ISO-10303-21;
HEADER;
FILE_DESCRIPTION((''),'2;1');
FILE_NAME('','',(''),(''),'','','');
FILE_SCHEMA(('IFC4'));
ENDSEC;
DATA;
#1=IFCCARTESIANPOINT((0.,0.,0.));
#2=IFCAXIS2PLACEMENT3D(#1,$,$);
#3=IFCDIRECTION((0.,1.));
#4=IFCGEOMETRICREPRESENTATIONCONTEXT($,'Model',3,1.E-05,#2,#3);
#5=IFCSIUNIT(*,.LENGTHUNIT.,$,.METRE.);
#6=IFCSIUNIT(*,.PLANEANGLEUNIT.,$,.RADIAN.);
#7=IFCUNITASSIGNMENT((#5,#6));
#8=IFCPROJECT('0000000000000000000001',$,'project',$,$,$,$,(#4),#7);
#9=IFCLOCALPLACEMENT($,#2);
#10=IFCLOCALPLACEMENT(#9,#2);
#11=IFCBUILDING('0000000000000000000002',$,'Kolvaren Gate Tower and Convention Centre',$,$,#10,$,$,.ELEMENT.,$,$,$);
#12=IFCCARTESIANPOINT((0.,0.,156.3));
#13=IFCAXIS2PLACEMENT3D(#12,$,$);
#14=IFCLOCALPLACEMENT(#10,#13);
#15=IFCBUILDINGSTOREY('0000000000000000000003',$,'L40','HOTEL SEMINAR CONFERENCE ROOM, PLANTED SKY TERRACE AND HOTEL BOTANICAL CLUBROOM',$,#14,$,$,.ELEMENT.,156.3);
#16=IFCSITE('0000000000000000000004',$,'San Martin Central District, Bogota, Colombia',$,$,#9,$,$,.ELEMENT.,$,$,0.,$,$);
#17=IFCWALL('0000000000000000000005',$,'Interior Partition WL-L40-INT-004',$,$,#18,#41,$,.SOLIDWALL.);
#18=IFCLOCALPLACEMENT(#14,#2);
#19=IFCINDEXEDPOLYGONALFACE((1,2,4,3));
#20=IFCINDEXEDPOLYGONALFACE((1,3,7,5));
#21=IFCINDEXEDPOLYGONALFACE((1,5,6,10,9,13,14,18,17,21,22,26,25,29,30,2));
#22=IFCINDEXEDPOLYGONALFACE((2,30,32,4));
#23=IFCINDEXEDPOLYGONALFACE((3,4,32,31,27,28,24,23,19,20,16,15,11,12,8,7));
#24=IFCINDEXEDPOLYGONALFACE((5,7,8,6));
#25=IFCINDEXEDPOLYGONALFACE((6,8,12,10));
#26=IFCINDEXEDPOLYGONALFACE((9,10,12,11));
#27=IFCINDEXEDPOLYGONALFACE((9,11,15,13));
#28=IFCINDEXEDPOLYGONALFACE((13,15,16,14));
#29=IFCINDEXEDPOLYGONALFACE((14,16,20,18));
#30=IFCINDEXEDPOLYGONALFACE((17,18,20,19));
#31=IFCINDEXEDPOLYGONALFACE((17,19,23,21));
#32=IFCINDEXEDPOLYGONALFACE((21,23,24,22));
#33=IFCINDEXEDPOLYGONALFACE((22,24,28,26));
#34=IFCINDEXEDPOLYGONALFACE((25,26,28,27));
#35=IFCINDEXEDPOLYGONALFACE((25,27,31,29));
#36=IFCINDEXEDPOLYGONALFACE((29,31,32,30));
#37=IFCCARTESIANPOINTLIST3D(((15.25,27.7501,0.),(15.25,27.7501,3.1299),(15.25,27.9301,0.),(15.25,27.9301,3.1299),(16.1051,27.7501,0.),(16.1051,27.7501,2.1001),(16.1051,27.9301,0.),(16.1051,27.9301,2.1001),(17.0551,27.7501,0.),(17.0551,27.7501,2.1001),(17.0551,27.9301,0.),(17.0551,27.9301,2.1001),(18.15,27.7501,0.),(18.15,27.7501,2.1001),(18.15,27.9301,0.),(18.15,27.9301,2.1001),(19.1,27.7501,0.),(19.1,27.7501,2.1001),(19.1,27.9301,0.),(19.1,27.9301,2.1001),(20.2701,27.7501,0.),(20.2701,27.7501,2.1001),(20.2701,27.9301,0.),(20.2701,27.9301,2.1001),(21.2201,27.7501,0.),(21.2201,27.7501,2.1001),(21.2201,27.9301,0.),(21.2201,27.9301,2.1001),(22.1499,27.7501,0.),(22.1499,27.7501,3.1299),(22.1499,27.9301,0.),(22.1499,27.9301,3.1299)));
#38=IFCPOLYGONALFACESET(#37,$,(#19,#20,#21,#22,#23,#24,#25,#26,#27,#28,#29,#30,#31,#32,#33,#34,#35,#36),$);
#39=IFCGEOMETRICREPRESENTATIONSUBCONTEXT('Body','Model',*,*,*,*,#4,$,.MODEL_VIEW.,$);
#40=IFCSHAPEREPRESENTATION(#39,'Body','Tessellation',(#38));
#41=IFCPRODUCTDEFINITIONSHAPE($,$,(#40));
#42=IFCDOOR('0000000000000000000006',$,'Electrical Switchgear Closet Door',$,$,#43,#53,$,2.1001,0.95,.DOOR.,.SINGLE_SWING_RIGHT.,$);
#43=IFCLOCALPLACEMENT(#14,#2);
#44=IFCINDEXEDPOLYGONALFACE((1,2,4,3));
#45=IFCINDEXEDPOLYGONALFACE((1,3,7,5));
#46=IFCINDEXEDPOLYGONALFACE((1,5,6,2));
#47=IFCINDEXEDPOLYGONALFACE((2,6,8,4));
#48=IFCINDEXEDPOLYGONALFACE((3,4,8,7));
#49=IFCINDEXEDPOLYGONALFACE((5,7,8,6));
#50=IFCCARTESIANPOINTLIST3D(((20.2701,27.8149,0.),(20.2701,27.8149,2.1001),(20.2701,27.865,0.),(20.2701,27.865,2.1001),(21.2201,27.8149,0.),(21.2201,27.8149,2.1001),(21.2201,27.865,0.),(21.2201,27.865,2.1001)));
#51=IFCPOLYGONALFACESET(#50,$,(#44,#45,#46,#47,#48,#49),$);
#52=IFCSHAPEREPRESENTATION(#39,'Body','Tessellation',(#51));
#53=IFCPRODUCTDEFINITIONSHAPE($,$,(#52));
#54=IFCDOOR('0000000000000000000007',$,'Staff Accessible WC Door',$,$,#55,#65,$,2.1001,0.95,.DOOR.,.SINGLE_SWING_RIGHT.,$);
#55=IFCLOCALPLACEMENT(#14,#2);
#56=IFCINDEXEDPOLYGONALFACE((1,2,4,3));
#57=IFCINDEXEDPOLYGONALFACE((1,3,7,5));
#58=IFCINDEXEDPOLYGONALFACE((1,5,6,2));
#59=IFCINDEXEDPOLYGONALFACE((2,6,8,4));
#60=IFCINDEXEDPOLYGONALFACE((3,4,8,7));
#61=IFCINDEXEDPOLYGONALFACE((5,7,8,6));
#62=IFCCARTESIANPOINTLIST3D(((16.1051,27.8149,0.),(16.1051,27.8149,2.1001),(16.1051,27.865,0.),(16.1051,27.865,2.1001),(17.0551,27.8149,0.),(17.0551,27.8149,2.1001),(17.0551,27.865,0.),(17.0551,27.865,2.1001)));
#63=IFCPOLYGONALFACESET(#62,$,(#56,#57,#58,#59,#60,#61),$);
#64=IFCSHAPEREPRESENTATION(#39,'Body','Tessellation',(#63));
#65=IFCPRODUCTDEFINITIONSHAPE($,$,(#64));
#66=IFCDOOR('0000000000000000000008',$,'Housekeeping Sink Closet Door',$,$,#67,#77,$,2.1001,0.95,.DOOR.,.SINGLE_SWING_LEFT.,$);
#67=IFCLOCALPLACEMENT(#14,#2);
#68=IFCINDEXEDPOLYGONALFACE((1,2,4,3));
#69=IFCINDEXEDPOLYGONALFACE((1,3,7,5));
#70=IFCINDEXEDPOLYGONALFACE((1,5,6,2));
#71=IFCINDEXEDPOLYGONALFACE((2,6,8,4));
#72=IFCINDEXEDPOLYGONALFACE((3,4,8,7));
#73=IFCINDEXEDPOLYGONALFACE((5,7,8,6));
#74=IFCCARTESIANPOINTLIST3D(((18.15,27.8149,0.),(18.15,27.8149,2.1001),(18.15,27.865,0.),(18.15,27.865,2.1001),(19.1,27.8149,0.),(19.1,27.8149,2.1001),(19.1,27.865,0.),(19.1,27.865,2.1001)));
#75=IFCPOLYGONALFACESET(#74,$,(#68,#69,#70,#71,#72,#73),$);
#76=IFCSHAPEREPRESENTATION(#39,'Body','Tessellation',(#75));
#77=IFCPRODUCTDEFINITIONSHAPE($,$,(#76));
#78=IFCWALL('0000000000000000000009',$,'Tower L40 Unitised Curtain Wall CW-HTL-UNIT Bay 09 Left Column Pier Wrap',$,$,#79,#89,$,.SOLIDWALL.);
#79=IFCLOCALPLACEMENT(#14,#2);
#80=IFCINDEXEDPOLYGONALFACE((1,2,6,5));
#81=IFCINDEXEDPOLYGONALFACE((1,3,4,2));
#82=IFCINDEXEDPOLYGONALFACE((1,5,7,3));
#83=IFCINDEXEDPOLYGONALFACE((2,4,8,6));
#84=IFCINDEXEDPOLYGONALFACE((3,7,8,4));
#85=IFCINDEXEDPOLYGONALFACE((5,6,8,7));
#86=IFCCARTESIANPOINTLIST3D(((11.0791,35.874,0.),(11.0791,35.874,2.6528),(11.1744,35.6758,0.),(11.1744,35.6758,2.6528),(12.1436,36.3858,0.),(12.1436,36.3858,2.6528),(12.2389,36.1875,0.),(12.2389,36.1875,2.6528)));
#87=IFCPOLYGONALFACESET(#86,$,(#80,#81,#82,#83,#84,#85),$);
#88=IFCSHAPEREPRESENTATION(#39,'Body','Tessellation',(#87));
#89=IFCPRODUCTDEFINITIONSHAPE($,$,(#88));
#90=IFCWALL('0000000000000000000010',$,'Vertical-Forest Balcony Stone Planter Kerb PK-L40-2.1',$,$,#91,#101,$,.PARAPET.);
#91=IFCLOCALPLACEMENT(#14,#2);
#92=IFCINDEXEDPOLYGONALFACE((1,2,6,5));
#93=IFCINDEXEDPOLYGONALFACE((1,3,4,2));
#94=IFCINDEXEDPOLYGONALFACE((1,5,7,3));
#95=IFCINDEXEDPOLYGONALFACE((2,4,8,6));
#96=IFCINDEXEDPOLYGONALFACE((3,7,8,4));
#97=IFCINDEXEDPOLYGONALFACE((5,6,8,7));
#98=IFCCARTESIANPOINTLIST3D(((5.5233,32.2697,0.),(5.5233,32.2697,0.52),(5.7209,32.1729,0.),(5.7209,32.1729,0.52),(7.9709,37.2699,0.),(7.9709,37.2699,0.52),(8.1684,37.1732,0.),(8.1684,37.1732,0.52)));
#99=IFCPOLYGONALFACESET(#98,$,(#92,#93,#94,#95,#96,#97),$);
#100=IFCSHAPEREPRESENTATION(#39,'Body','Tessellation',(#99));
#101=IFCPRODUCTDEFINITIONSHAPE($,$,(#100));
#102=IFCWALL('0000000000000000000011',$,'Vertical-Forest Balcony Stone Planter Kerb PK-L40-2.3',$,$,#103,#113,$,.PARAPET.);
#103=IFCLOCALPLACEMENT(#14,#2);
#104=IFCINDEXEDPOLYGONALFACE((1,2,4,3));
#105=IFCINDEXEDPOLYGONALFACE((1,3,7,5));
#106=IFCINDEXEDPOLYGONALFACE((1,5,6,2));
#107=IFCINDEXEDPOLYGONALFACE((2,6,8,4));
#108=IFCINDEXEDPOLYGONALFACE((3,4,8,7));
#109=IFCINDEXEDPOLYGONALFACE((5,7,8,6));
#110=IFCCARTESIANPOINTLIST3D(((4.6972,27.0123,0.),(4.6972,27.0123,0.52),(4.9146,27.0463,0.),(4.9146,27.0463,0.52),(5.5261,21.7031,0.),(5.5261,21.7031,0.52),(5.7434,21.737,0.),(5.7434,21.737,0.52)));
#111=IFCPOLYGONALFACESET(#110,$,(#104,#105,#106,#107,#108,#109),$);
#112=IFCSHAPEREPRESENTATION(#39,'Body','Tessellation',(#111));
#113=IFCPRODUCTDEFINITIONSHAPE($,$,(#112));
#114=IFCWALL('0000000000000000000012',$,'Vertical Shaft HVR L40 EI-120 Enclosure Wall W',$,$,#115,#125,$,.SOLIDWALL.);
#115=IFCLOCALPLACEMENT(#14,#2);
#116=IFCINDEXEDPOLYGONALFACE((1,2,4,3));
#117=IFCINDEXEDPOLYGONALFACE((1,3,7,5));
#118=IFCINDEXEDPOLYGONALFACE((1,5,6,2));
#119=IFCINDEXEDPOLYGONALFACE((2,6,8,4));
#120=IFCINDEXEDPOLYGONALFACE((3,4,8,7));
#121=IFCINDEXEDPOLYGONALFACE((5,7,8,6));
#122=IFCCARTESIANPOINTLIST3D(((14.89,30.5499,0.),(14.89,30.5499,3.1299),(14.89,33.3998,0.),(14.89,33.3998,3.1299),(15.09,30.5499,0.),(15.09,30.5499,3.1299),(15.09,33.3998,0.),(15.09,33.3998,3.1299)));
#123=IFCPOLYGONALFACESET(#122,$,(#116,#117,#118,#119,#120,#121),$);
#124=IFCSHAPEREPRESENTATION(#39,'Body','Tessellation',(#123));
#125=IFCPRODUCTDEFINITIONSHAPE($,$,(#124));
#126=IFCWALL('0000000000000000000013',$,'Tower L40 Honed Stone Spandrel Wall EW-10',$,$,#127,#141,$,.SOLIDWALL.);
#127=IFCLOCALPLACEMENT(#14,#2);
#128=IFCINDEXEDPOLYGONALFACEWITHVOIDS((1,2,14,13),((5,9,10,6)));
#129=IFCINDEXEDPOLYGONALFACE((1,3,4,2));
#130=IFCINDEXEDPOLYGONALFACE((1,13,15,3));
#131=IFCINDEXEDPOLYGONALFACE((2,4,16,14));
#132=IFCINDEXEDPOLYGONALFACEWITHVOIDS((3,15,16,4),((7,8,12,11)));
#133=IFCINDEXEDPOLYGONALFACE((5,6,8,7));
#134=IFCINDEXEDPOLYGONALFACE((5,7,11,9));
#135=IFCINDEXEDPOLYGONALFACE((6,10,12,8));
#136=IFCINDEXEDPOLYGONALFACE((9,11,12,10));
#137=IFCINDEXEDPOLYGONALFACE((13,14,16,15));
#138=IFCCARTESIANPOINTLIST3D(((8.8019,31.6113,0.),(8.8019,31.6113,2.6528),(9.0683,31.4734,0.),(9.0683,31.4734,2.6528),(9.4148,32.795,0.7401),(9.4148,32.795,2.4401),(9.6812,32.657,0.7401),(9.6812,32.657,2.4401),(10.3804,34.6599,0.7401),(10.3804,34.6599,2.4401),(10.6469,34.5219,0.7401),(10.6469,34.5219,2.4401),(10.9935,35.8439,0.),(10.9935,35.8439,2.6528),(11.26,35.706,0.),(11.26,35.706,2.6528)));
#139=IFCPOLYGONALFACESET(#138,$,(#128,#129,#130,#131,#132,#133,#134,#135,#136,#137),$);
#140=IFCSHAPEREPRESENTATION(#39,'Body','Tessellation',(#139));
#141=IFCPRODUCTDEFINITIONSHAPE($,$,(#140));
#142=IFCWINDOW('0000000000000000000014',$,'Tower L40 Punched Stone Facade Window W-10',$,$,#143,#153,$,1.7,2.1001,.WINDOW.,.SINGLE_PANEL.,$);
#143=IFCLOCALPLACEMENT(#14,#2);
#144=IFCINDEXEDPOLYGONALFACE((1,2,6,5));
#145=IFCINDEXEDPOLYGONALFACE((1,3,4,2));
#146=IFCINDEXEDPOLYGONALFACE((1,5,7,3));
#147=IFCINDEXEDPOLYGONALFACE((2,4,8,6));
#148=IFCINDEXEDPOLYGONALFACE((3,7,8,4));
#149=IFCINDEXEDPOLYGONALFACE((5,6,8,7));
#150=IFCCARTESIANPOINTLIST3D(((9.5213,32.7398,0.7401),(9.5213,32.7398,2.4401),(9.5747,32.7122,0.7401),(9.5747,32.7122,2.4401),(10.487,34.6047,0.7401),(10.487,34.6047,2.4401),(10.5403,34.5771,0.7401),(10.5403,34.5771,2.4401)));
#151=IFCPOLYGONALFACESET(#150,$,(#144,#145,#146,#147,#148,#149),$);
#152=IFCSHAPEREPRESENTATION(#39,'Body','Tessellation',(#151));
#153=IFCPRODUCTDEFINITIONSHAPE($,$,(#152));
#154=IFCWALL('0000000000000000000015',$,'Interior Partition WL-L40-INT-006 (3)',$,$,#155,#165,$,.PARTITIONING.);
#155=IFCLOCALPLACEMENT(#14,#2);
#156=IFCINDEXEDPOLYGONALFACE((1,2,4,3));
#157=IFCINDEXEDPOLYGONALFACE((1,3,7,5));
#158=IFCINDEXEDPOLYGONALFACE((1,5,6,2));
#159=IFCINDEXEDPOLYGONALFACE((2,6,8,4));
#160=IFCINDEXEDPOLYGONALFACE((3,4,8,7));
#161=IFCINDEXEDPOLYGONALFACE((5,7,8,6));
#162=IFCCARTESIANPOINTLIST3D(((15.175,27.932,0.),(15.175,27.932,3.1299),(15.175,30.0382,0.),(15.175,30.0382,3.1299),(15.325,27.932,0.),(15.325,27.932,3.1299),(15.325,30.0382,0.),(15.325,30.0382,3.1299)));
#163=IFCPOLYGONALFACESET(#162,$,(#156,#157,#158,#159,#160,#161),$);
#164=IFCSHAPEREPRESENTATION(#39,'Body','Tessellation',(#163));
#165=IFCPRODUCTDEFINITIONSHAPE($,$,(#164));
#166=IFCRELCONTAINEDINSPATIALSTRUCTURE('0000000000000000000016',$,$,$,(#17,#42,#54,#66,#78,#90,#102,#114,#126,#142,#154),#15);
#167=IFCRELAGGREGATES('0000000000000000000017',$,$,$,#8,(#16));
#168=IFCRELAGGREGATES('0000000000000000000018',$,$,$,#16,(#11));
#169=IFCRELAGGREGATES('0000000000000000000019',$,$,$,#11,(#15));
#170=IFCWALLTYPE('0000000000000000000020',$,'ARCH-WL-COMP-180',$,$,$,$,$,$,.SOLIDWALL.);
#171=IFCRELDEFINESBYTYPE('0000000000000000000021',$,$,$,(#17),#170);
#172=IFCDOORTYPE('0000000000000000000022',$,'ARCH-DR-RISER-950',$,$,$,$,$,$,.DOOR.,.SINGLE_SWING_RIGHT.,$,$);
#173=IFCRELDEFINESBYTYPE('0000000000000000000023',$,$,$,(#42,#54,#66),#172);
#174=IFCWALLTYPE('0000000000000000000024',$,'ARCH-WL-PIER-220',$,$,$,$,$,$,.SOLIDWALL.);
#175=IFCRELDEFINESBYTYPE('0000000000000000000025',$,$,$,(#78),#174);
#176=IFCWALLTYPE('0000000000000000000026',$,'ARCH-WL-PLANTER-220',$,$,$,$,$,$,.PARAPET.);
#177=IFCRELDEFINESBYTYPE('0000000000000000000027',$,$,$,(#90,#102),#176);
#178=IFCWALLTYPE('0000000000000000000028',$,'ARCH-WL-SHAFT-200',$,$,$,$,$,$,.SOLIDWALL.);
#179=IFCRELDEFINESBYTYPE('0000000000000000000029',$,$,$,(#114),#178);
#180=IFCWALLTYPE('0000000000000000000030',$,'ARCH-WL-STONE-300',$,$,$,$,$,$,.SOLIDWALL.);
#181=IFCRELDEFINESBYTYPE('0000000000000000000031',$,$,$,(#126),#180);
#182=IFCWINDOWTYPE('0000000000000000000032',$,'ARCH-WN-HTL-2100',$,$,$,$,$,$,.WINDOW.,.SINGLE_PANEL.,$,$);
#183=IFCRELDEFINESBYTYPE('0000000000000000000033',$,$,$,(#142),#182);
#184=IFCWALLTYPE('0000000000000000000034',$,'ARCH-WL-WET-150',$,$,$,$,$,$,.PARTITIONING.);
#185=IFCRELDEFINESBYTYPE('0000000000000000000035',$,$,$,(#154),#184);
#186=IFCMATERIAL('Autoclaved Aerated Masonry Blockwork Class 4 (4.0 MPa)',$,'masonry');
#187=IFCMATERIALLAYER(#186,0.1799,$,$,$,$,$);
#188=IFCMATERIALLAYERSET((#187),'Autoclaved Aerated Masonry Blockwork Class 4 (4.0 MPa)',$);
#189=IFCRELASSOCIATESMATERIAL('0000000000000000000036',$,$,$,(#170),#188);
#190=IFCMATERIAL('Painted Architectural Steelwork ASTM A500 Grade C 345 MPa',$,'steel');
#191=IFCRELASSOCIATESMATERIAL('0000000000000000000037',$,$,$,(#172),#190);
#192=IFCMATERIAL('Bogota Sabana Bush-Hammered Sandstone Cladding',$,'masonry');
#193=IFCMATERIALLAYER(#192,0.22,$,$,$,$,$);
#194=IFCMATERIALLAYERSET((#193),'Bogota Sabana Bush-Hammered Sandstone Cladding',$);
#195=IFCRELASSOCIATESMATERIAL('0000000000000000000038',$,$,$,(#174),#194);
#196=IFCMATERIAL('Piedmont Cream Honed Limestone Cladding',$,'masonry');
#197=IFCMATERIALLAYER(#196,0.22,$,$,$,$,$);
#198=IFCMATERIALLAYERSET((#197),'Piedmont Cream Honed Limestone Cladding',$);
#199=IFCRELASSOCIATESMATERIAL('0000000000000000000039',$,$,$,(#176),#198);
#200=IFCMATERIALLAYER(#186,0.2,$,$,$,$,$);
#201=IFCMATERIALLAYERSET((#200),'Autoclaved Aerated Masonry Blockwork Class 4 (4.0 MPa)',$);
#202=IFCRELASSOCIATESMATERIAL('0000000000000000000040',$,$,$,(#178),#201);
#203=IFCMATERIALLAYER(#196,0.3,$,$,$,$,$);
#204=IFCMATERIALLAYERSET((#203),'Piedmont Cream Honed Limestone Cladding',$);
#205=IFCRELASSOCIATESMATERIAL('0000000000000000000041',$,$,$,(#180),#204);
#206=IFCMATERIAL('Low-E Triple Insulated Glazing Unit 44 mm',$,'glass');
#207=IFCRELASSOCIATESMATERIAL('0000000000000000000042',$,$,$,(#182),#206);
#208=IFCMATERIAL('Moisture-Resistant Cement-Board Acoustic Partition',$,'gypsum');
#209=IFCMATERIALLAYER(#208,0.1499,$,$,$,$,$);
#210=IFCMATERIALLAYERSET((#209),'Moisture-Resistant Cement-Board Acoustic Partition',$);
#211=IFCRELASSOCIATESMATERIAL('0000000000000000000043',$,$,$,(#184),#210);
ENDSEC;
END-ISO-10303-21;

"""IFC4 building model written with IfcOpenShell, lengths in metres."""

from ifc_helpers import new_model, si_unit, direction, frame, frame_2d, origin, place, context, subcontext, project, spatial, rectangle, extrude, material, layer, layer_set, type_object, element, fill, save


model = new_model("IFC4")

# Units and contexts
model_context = context("Model", 3, precision=1e-05, world=origin(), true_north=direction((0.0, 1.0)))
body_context = subcontext(model_context, "Body", "Model", "MODEL_VIEW")
ifc_project = project(units=[si_unit("LENGTHUNIT", "METRE"), si_unit("PLANEANGLEUNIT", "RADIAN")], contexts=[model_context])

# Site, building, storey
site_placement = place(None, origin())
site = spatial("IfcSite", under=ifc_project, at=site_placement, Name="San Martin Central District, Bogota, Colombia", CompositionType="ELEMENT", RefElevation=0.0)
building_placement = place(site_placement, origin())
building = spatial("IfcBuilding", under=site, at=building_placement, Name="Kolvaren Gate Tower and Convention Centre", CompositionType="ELEMENT")
storey_placement = place(building_placement, frame((0.0, 0.0, 156.3)))
storey = spatial("IfcBuildingStorey", under=building, at=storey_placement, Name="L40", Description="HOTEL SEMINAR CONFERENCE ROOM, PLANTED SKY TERRACE AND HOTEL BOTANICAL CLUBROOM", CompositionType="ELEMENT", Elevation=156.3)

# Wall, openings, doors
ifc_material_1 = material(Name="Autoclaved Aerated Masonry Blockwork Class 4 (4.0 MPa)", Category="masonry")
ifc_layer_1 = layer(ifc_material_1, 0.1799)
ifc_layer_set_1 = layer_set([ifc_layer_1], Name="Autoclaved Aerated Masonry Blockwork Class 4 (4.0 MPa)")
wall_type_1 = type_object("IfcWallType", Name="ARCH-WL-COMP-180", PredefinedType="SOLIDWALL", material=ifc_layer_set_1)
wall_1_placement = place(storey_placement, frame((15.25, 27.8401, 0.0), z_axis=(0.0, 0.0, 1.0), x_axis=(1.0, 0.0, 0.0)))
wall_1 = element("IfcWall", 1, at=wall_1_placement, inside=storey, type_object=wall_type_1, Name="Interior Partition WL-L40-INT-004", PredefinedType="SOLIDWALL", context=body_context, shape_type="SweptSolid", body=[
    extrude(rectangle(XDim=6.8999, YDim=0.1799, at=frame_2d((3.45, 0.0))), origin(), (0.0, 0.0, 1.0), 3.1299),
])
opening_1_placement = place(wall_1_placement, frame((5.02, 0.0, 0.0)))
opening_1 = element("IfcOpeningElement", 2, at=opening_1_placement, cuts=wall_1, PredefinedType="OPENING", context=body_context, shape_type="SweptSolid", body=[
    extrude(rectangle(XDim=0.95, YDim=2.1001, at=frame_2d((0.4751, 1.05))), frame((0.0, 0.0999, 0.0), z_axis=(0.0, -1.0, 0.0), x_axis=(1.0, 0.0, 0.0)), (0.0, 0.0, 1.0), 0.2),
])
opening_2_placement = place(wall_1_placement, frame((0.855, 0.0, 0.0)))
opening_2 = element("IfcOpeningElement", 3, at=opening_2_placement, cuts=wall_1, PredefinedType="OPENING", context=body_context, shape_type="SweptSolid", body=[
    extrude(rectangle(XDim=0.95, YDim=2.1001, at=frame_2d((0.4751, 1.05))), frame((0.0, 0.0999, 0.0), z_axis=(0.0, -1.0, 0.0), x_axis=(1.0, 0.0, 0.0)), (0.0, 0.0, 1.0), 0.2),
])
opening_3_placement = place(wall_1_placement, frame((2.8999, 0.0, 0.0)))
opening_3 = element("IfcOpeningElement", 4, at=opening_3_placement, cuts=wall_1, PredefinedType="OPENING", context=body_context, shape_type="SweptSolid", body=[
    extrude(rectangle(XDim=0.95, YDim=2.1001, at=frame_2d((0.4751, 1.05))), frame((0.0, 0.0999, 0.0), z_axis=(0.0, -1.0, 0.0), x_axis=(1.0, 0.0, 0.0)), (0.0, 0.0, 1.0), 0.2),
])
ifc_material_2 = material(Name="Painted Architectural Steelwork ASTM A500 Grade C 345 MPa", Category="steel")
door_type = type_object("IfcDoorType", Name="ARCH-DR-RISER-950", OperationType="SINGLE_SWING_RIGHT", PredefinedType="DOOR", material=ifc_material_2)
door_1_placement = place(opening_1_placement, origin())
door_1 = element("IfcDoor", 5, at=door_1_placement, inside=storey, type_object=door_type, Name="Electrical Switchgear Closet Door", OperationType="SINGLE_SWING_RIGHT", OverallHeight=2.1001, OverallWidth=0.95, PredefinedType="DOOR", context=body_context, shape_type="SweptSolid", body=[
    extrude(rectangle(XDim=0.95, YDim=2.1001, at=frame_2d((0.4751, 1.05))), frame((0.0, 0.0249, 0.0), z_axis=(0.0, -1.0, 0.0), x_axis=(1.0, 0.0, 0.0)), (0.0, 0.0, 1.0), 0.05),
])
fill(opening_1, door_1)
door_2_placement = place(opening_2_placement, origin())
door_2 = element("IfcDoor", 6, at=door_2_placement, inside=storey, type_object=door_type, Name="Staff Accessible WC Door", OperationType="SINGLE_SWING_RIGHT", OverallHeight=2.1001, OverallWidth=0.95, PredefinedType="DOOR", context=body_context, shape_type="SweptSolid", body=[
    extrude(rectangle(XDim=0.95, YDim=2.1001, at=frame_2d((0.4751, 1.05))), frame((0.0, 0.0249, 0.0), z_axis=(0.0, -1.0, 0.0), x_axis=(1.0, 0.0, 0.0)), (0.0, 0.0, 1.0), 0.05),
])
fill(opening_2, door_2)
door_3_placement = place(opening_3_placement, origin())
door_3 = element("IfcDoor", 7, at=door_3_placement, inside=storey, type_object=door_type, Name="Housekeeping Sink Closet Door", OperationType="SINGLE_SWING_LEFT", OverallHeight=2.1001, OverallWidth=0.95, PredefinedType="DOOR", context=body_context, shape_type="SweptSolid", body=[
    extrude(rectangle(XDim=0.95, YDim=2.1001, at=frame_2d((0.4751, 1.05))), frame((0.0, 0.0249, 0.0), z_axis=(0.0, -1.0, 0.0), x_axis=(1.0, 0.0, 0.0)), (0.0, 0.0, 1.0), 0.05),
])
fill(opening_3, door_3)

# Walls
ifc_material_3 = material(Name="Bogota Sabana Bush-Hammered Sandstone Cladding", Category="masonry")
ifc_layer_2 = layer(ifc_material_3, 0.22)
ifc_layer_set_2 = layer_set([ifc_layer_2], Name="Bogota Sabana Bush-Hammered Sandstone Cladding")
wall_type_2 = type_object("IfcWallType", Name="ARCH-WL-PIER-220", PredefinedType="SOLIDWALL", material=ifc_layer_set_2)
wall_2_placement = place(storey_placement, frame((11.1267, 35.7749, 0.0), z_axis=(0.0, 0.0, 1.0), x_axis=(0.901265, 0.433269, 0.0)))
element("IfcWall", 8, at=wall_2_placement, inside=storey, type_object=wall_type_2, Name="Tower L40 Unitised Curtain Wall CW-HTL-UNIT Bay 09 Left Column Pier Wrap", PredefinedType="SOLIDWALL", context=body_context, shape_type="SweptSolid", body=[
    extrude(rectangle(XDim=1.1812, YDim=0.22, at=frame_2d((0.5906, 0.0))), origin(), (0.0, 0.0, 1.0), 2.6528),
])
ifc_material_4 = material(Name="Piedmont Cream Honed Limestone Cladding", Category="masonry")
ifc_layer_3 = layer(ifc_material_4, 0.22)
ifc_layer_set_3 = layer_set([ifc_layer_3], Name="Piedmont Cream Honed Limestone Cladding")
wall_type_3 = type_object("IfcWallType", Name="ARCH-WL-PLANTER-220", PredefinedType="PARAPET", material=ifc_layer_set_3)
wall_3_placement = place(storey_placement, frame((5.6221, 32.2212, 0.0), z_axis=(0.0, 0.0, 1.0), x_axis=(0.439637, 0.898175, 0.0)))
element("IfcWall", 9, at=wall_3_placement, inside=storey, type_object=wall_type_3, Name="Vertical-Forest Balcony Stone Planter Kerb PK-L40-2.1", PredefinedType="PARAPET", context=body_context, shape_type="SweptSolid", body=[
    extrude(rectangle(XDim=5.5671, YDim=0.22, at=frame_2d((2.7837, 0.0))), origin(), (0.0, 0.0, 1.0), 0.52),
])
wall_4_placement = place(storey_placement, frame((4.8059, 27.0293, 0.0), z_axis=(0.0, 0.0, 1.0), x_axis=(0.154245, -0.988033, 0.0)))
element("IfcWall", 10, at=wall_4_placement, inside=storey, type_object=wall_type_3, Name="Vertical-Forest Balcony Stone Planter Kerb PK-L40-2.3", PredefinedType="PARAPET", context=body_context, shape_type="SweptSolid", body=[
    extrude(rectangle(XDim=5.3735, YDim=0.22, at=frame_2d((2.6868, 0.0))), origin(), (0.0, 0.0, 1.0), 0.52),
])
ifc_layer_4 = layer(ifc_material_1, 0.2)
ifc_layer_set_4 = layer_set([ifc_layer_4], Name="Autoclaved Aerated Masonry Blockwork Class 4 (4.0 MPa)")
wall_type_4 = type_object("IfcWallType", Name="ARCH-WL-SHAFT-200", PredefinedType="SOLIDWALL", material=ifc_layer_set_4)
wall_5_placement = place(storey_placement, frame((14.99, 30.55, 0.0), z_axis=(0.0, 0.0, 1.0), x_axis=(0.0, 1.0, 0.0)))
element("IfcWall", 11, at=wall_5_placement, inside=storey, type_object=wall_type_4, Name="Vertical Shaft HVR L40 EI-120 Enclosure Wall W", PredefinedType="SOLIDWALL", context=body_context, shape_type="SweptSolid", body=[
    extrude(rectangle(XDim=2.8499, YDim=0.2, at=frame_2d((1.4248, 0.0))), origin(), (0.0, 0.0, 1.0), 3.1299),
])

# Wall, opening, window
ifc_layer_5 = layer(ifc_material_4, 0.3)
ifc_layer_set_5 = layer_set([ifc_layer_5], Name="Piedmont Cream Honed Limestone Cladding")
wall_type_5 = type_object("IfcWallType", Name="ARCH-WL-STONE-300", PredefinedType="SOLIDWALL", material=ifc_layer_set_5)
wall_6_placement = place(storey_placement, frame((8.9351, 31.5422, 0.0), z_axis=(0.0, 0.0, 1.0), x_axis=(0.45981, 0.888017, 0.0)))
wall_6 = element("IfcWall", 12, at=wall_6_placement, inside=storey, type_object=wall_type_5, Name="Tower L40 Honed Stone Spandrel Wall EW-10", PredefinedType="SOLIDWALL", context=body_context, shape_type="SweptSolid", body=[
    extrude(rectangle(XDim=4.7664, YDim=0.3, at=frame_2d((2.3833, 0.0))), origin(), (0.0, 0.0, 1.0), 2.6528),
])
opening_4_placement = place(wall_6_placement, frame((1.333, 0.0, 0.74)))
opening_4 = element("IfcOpeningElement", 13, at=opening_4_placement, cuts=wall_6, PredefinedType="OPENING", context=body_context, shape_type="SweptSolid", body=[
    extrude(rectangle(XDim=2.1001, YDim=1.7, at=frame_2d((1.05, 0.8501))), frame((0.0, 0.1599, 0.0), z_axis=(0.0, -1.0, 0.0), x_axis=(1.0, 0.0, 0.0)), (0.0, 0.0, 1.0), 0.3201),
])
ifc_material_5 = material(Name="Low-E Triple Insulated Glazing Unit 44 mm", Category="glass")
window_type = type_object("IfcWindowType", Name="ARCH-WN-HTL-2100", PartitioningType="SINGLE_PANEL", PredefinedType="WINDOW", material=ifc_material_5)
window_placement = place(opening_4_placement, origin())
window = element("IfcWindow", 14, at=window_placement, inside=storey, type_object=window_type, Name="Tower L40 Punched Stone Facade Window W-10", OverallHeight=1.7, OverallWidth=2.1001, PartitioningType="SINGLE_PANEL", PredefinedType="WINDOW", context=body_context, shape_type="SweptSolid", body=[
    extrude(rectangle(XDim=2.1001, YDim=1.7, at=frame_2d((1.05, 0.8501))), frame((0.0, 0.03, 0.0), z_axis=(0.0, -1.0, 0.0), x_axis=(1.0, 0.0, 0.0)), (0.0, 0.0, 1.0), 0.0601),
])
fill(opening_4, window)

# Wall
ifc_material_6 = material(Name="Moisture-Resistant Cement-Board Acoustic Partition", Category="gypsum")
ifc_layer_6 = layer(ifc_material_6, 0.1499)
ifc_layer_set_6 = layer_set([ifc_layer_6], Name="Moisture-Resistant Cement-Board Acoustic Partition")
wall_type_6 = type_object("IfcWallType", Name="ARCH-WL-WET-150", PredefinedType="PARTITIONING", material=ifc_layer_set_6)
for number, where, z_axis, x_axis, name in (
    (15, (15.25, 27.9319, 0.0), (0.0, 0.0, 1.0), (0.0, 1.0, 0.0), "Interior Partition WL-L40-INT-006 (3)"),
):
    element("IfcWall", number, at=place(storey_placement, frame(where, z_axis=z_axis, x_axis=x_axis)), inside=storey, type_object=wall_type_6, Name=name, PredefinedType="PARTITIONING", context=body_context, shape_type="SweptSolid", body=[
        extrude(rectangle(XDim=2.1062, YDim=0.1499, at=frame_2d((1.0532, 0.0))), origin(), (0.0, 0.0, 1.0), 3.1299),
    ])

save(model, "model.ifc")
